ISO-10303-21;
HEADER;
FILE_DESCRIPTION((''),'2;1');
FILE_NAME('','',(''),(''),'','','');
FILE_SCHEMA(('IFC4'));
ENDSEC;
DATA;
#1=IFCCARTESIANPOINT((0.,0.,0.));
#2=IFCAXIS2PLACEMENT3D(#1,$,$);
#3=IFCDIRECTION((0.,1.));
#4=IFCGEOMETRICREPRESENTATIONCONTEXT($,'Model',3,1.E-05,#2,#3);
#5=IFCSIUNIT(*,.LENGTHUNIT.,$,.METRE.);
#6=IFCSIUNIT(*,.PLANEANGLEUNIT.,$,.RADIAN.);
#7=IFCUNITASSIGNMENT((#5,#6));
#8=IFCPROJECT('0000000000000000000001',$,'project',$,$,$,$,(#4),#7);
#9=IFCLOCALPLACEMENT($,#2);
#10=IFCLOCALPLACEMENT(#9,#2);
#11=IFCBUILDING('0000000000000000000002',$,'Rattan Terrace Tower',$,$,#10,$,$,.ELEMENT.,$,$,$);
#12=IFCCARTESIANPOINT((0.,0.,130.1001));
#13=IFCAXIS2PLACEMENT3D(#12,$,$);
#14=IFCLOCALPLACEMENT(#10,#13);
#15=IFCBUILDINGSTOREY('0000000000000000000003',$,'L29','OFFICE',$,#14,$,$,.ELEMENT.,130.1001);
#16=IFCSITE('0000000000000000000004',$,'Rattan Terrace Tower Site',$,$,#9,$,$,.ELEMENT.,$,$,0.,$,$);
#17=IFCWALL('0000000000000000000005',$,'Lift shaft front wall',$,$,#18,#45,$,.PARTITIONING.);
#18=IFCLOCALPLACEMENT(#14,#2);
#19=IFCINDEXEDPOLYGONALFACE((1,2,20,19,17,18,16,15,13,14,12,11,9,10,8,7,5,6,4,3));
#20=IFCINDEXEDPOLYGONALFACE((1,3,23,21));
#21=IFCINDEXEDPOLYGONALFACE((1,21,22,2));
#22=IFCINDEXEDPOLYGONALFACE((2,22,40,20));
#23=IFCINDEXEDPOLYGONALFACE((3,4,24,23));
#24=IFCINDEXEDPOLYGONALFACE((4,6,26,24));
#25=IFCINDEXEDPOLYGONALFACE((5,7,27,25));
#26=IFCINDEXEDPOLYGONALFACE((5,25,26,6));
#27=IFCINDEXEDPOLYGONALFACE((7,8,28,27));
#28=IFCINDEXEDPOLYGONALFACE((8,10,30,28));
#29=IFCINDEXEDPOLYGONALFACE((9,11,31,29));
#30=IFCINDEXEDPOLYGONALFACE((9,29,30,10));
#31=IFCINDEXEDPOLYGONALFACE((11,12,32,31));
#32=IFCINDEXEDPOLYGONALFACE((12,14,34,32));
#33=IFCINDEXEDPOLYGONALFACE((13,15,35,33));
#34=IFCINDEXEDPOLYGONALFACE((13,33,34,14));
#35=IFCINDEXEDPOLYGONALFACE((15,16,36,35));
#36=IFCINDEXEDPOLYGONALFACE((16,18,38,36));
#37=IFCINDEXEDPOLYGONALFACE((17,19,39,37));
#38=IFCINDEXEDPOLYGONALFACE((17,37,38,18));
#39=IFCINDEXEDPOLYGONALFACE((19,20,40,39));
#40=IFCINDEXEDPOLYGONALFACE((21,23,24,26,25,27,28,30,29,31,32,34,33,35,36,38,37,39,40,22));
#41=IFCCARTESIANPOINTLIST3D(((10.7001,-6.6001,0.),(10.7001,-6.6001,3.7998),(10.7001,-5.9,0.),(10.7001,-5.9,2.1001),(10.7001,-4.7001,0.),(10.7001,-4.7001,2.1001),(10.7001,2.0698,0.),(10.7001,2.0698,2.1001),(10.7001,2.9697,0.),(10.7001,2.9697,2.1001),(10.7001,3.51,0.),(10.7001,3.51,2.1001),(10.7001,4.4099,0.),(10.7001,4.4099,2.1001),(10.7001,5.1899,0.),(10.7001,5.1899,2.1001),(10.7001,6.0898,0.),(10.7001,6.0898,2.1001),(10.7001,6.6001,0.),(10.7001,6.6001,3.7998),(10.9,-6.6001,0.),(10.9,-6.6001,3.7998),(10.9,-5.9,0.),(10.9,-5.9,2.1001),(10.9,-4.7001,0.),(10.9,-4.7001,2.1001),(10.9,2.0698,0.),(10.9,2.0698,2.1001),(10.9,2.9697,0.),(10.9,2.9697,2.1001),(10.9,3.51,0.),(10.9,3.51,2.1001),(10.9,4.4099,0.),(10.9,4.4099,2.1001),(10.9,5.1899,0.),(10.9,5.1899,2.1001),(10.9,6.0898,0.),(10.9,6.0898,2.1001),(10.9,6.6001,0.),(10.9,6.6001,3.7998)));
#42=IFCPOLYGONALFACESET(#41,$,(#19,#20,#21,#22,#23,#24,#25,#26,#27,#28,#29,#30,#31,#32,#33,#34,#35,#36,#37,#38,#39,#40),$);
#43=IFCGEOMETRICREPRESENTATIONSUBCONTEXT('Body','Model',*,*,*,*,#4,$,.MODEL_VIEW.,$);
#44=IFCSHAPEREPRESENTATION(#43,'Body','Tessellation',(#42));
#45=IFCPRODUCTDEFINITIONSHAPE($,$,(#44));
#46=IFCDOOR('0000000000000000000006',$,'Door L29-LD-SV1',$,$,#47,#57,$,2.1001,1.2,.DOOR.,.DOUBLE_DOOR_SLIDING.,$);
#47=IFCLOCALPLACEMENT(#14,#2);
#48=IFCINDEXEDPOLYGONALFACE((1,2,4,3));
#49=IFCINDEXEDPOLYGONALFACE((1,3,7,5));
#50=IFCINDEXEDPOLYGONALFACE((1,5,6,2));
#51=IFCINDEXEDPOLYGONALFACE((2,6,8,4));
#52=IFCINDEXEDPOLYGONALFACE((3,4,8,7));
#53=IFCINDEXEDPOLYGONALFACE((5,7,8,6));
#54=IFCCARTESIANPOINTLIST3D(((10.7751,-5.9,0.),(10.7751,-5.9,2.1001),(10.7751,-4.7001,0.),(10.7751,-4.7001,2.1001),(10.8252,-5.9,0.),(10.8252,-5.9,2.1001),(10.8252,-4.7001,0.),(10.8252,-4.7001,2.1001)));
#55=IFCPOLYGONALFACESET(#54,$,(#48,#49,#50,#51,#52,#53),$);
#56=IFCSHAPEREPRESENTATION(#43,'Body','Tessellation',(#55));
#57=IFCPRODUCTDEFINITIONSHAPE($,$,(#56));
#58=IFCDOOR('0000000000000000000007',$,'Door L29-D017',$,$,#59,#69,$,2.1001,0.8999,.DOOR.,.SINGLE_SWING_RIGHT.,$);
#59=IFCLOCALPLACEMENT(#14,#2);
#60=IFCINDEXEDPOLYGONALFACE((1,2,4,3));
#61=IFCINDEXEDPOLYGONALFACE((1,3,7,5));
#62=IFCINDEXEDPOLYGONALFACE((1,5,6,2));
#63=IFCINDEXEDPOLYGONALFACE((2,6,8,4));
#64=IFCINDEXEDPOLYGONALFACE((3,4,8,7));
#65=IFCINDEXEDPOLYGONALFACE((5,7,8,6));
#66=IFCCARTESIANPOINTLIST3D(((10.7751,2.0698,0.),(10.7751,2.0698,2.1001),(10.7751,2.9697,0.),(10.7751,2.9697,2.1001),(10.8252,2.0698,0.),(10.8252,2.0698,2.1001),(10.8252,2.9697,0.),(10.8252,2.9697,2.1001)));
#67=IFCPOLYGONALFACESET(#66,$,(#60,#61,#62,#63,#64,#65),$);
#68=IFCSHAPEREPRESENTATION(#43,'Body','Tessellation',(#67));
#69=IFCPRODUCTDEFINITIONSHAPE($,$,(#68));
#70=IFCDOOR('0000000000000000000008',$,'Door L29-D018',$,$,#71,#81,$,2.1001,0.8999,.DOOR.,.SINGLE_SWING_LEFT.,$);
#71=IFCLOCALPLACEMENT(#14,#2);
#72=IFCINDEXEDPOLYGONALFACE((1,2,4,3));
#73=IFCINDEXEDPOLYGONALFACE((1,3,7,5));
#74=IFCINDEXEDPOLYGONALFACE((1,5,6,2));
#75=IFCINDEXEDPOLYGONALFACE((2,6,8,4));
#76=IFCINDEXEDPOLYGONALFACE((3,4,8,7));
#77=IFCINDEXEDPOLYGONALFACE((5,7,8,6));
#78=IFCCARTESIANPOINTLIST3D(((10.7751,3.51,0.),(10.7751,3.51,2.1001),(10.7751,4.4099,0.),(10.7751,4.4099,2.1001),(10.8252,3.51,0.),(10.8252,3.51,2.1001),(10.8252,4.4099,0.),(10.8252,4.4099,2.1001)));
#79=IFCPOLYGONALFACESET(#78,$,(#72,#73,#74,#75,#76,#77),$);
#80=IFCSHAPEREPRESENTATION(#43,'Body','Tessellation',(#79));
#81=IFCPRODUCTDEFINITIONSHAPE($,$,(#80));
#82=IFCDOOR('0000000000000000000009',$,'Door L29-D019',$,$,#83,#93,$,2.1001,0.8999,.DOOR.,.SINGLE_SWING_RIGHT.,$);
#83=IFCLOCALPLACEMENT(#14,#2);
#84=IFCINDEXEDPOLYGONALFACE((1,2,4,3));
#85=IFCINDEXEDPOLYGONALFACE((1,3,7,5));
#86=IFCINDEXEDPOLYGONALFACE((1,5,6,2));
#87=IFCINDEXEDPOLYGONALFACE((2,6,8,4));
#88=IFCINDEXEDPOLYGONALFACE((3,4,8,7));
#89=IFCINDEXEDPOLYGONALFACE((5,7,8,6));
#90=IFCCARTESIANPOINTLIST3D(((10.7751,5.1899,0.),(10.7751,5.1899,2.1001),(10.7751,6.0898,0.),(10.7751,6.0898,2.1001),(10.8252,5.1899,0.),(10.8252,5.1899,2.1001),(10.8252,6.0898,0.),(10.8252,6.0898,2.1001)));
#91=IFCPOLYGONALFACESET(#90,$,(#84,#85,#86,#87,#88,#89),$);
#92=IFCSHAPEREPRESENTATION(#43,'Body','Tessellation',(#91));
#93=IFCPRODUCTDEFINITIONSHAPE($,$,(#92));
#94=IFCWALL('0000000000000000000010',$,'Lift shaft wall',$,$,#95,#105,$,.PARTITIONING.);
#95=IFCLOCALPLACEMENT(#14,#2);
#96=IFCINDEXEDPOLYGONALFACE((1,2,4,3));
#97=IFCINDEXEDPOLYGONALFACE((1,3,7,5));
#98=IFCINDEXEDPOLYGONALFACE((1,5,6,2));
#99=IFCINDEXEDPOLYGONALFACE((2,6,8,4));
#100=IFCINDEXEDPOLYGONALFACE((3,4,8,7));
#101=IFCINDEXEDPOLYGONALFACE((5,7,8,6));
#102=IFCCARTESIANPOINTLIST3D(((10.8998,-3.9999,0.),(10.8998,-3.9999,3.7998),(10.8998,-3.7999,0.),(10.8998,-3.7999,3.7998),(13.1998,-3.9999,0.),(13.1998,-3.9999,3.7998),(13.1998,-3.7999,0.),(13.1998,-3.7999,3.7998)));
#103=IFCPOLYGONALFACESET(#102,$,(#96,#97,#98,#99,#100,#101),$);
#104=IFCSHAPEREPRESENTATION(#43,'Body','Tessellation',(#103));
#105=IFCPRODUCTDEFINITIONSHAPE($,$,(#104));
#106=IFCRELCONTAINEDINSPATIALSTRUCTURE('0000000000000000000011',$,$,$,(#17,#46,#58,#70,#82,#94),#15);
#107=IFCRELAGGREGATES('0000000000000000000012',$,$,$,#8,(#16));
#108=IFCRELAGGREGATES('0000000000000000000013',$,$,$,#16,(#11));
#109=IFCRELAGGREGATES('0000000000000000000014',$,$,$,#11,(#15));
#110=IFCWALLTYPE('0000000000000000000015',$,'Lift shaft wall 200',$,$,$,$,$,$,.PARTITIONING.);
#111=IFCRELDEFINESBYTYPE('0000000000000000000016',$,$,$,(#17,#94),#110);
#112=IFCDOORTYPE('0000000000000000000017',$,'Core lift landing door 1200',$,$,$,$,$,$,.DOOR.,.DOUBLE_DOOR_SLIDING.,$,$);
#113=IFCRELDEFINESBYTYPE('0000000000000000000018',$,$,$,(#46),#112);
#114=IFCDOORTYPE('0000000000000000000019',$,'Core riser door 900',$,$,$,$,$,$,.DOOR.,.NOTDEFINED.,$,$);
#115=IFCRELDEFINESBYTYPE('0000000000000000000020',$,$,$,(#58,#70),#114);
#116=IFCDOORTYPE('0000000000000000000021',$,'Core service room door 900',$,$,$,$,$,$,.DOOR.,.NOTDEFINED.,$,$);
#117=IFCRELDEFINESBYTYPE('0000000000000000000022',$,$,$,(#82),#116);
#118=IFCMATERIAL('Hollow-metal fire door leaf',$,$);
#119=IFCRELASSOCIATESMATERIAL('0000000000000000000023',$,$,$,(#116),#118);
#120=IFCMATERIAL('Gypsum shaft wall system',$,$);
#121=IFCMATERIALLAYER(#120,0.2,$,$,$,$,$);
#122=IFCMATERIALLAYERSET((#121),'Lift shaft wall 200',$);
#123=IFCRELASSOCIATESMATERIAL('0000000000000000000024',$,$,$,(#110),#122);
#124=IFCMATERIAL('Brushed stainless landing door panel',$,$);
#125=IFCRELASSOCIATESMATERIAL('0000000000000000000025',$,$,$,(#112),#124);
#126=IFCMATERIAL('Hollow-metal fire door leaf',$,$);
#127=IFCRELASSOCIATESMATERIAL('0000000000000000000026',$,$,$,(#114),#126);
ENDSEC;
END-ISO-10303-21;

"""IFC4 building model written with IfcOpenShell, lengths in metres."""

from ifc_helpers import new_model, si_unit, direction, frame, frame_2d, origin, place, context, subcontext, project, spatial, rectangle, extrude, material, layer, layer_set, type_object, element, fill, save


model = new_model("IFC4")

# Units and contexts
model_context = context("Model", 3, precision=1e-05, world=origin(), true_north=direction((0.0, 1.0)))
body_context = subcontext(model_context, "Body", "Model", "MODEL_VIEW")
ifc_project = project(units=[si_unit("LENGTHUNIT", "METRE"), si_unit("PLANEANGLEUNIT", "RADIAN")], contexts=[model_context])

# Site, building, storey
site_placement = place(None, origin())
site = spatial("IfcSite", under=ifc_project, at=site_placement, Name="Rattan Terrace Tower Site", CompositionType="ELEMENT", RefElevation=0.0)
building_placement = place(site_placement, origin())
building = spatial("IfcBuilding", under=site, at=building_placement, Name="Rattan Terrace Tower", CompositionType="ELEMENT")
storey_placement = place(building_placement, frame((0.0, 0.0, 130.1001)))
storey = spatial("IfcBuildingStorey", under=building, at=storey_placement, Name="L29", Description="OFFICE", CompositionType="ELEMENT", Elevation=130.1001)

# Shared definitions
ifc_material_1 = material(Name="Hollow-metal fire door leaf")
door_type_1 = type_object("IfcDoorType", Name="Core service room door 900", OperationType="NOTDEFINED", PredefinedType="DOOR", material=ifc_material_1)

# Wall, openings, doors
ifc_material_2 = material(Name="Gypsum shaft wall system")
ifc_layer_1 = layer(ifc_material_2, 0.2)
ifc_layer_set_1 = layer_set([ifc_layer_1], Name="Lift shaft wall 200")
wall_type_1 = type_object("IfcWallType", Name="Lift shaft wall 200", PredefinedType="PARTITIONING", material=ifc_layer_set_1)
wall_1_placement = place(storey_placement, frame((10.8, -6.6001, 0.0), z_axis=(0.0, 0.0, 1.0), x_axis=(0.0, 1.0, 0.0)))
wall_1 = element("IfcWall", 1, at=wall_1_placement, inside=storey, type_object=wall_type_1, Name="Lift shaft front wall", PredefinedType="PARTITIONING", context=body_context, shape_type="SweptSolid", body=[
    extrude(rectangle(XDim=13.2002, YDim=0.2, at=frame_2d((6.6001, 0.0))), origin(), (0.0, 0.0, 1.0), 3.7998),
])
opening_1_placement = place(wall_1_placement, frame((0.7, 0.0, 0.0)))
opening_1 = element("IfcOpeningElement", 2, at=opening_1_placement, cuts=wall_1, PredefinedType="OPENING", context=body_context, shape_type="SweptSolid", body=[
    extrude(rectangle(XDim=1.2, YDim=2.1001, at=frame_2d((0.6001, 1.05))), frame((0.0, 0.1106, 0.0), z_axis=(0.0, -1.0, 0.0), x_axis=(1.0, 0.0, 0.0)), (0.0, 0.0, 1.0), 0.2209),
])
opening_2_placement = place(wall_1_placement, frame((8.6699, 0.0, 0.0)))
opening_2 = element("IfcOpeningElement", 3, at=opening_2_placement, cuts=wall_1, PredefinedType="OPENING", context=body_context, shape_type="SweptSolid", body=[
    extrude(rectangle(XDim=0.8999, YDim=2.1001, at=frame_2d((0.45, 1.05))), frame((0.0, 0.1106, 0.0), z_axis=(0.0, -1.0, 0.0), x_axis=(1.0, 0.0, 0.0)), (0.0, 0.0, 1.0), 0.2209),
])
opening_3_placement = place(wall_1_placement, frame((10.1101, 0.0, 0.0)))
opening_3 = element("IfcOpeningElement", 4, at=opening_3_placement, cuts=wall_1, PredefinedType="OPENING", context=body_context, shape_type="SweptSolid", body=[
    extrude(rectangle(XDim=0.8999, YDim=2.1001, at=frame_2d((0.45, 1.05))), frame((0.0, 0.1106, 0.0), z_axis=(0.0, -1.0, 0.0), x_axis=(1.0, 0.0, 0.0)), (0.0, 0.0, 1.0), 0.2209),
])
opening_4_placement = place(wall_1_placement, frame((11.79, 0.0, 0.0)))
opening_4 = element("IfcOpeningElement", 5, at=opening_4_placement, cuts=wall_1, PredefinedType="OPENING", context=body_context, shape_type="SweptSolid", body=[
    extrude(rectangle(XDim=0.8999, YDim=2.1001, at=frame_2d((0.45, 1.05))), frame((0.0, 0.1106, 0.0), z_axis=(0.0, -1.0, 0.0), x_axis=(1.0, 0.0, 0.0)), (0.0, 0.0, 1.0), 0.2209),
])
ifc_material_3 = material(Name="Brushed stainless landing door panel")
door_type_2 = type_object("IfcDoorType", Name="Core lift landing door 1200", OperationType="DOUBLE_DOOR_SLIDING", PredefinedType="DOOR", material=ifc_material_3)
door_1_placement = place(opening_1_placement, origin())
door_1 = element("IfcDoor", 6, at=door_1_placement, inside=storey, type_object=door_type_2, Name="Door L29-LD-SV1", OperationType="DOUBLE_DOOR_SLIDING", OverallHeight=2.1001, OverallWidth=1.2, PredefinedType="DOOR", context=body_context, shape_type="SweptSolid", body=[
    extrude(rectangle(XDim=1.2, YDim=2.1001, at=frame_2d((0.6001, 1.05))), frame((0.0, 0.0249, 0.0), z_axis=(0.0, -1.0, 0.0), x_axis=(1.0, 0.0, 0.0)), (0.0, 0.0, 1.0), 0.05),
])
fill(opening_1, door_1)
ifc_material_4 = material(Name="Hollow-metal fire door leaf")
door_type_3 = type_object("IfcDoorType", Name="Core riser door 900", OperationType="NOTDEFINED", PredefinedType="DOOR", material=ifc_material_4)
door_2_placement = place(opening_2_placement, origin())
door_2 = element("IfcDoor", 7, at=door_2_placement, inside=storey, type_object=door_type_3, Name="Door L29-D017", OperationType="SINGLE_SWING_RIGHT", OverallHeight=2.1001, OverallWidth=0.8999, PredefinedType="DOOR", context=body_context, shape_type="SweptSolid", body=[
    extrude(rectangle(XDim=0.8999, YDim=2.1001, at=frame_2d((0.45, 1.05))), frame((0.0, 0.0249, 0.0), z_axis=(0.0, -1.0, 0.0), x_axis=(1.0, 0.0, 0.0)), (0.0, 0.0, 1.0), 0.05),
])
fill(opening_2, door_2)
door_3_placement = place(opening_3_placement, origin())
door_3 = element("IfcDoor", 8, at=door_3_placement, inside=storey, type_object=door_type_3, Name="Door L29-D018", OperationType="SINGLE_SWING_LEFT", OverallHeight=2.1001, OverallWidth=0.8999, PredefinedType="DOOR", context=body_context, shape_type="SweptSolid", body=[
    extrude(rectangle(XDim=0.8999, YDim=2.1001, at=frame_2d((0.45, 1.05))), frame((0.0, 0.0249, 0.0), z_axis=(0.0, -1.0, 0.0), x_axis=(1.0, 0.0, 0.0)), (0.0, 0.0, 1.0), 0.05),
])
fill(opening_3, door_3)
door_4_placement = place(opening_4_placement, origin())
door_4 = element("IfcDoor", 9, at=door_4_placement, inside=storey, type_object=door_type_1, Name="Door L29-D019", OperationType="SINGLE_SWING_RIGHT", OverallHeight=2.1001, OverallWidth=0.8999, PredefinedType="DOOR", context=body_context, shape_type="SweptSolid", body=[
    extrude(rectangle(XDim=0.8999, YDim=2.1001, at=frame_2d((0.45, 1.05))), frame((0.0, 0.0249, 0.0), z_axis=(0.0, -1.0, 0.0), x_axis=(1.0, 0.0, 0.0)), (0.0, 0.0, 1.0), 0.05),
])
fill(opening_4, door_4)

# Wall
wall_2_placement = place(storey_placement, frame((10.8999, -3.8999, 0.0), z_axis=(0.0, 0.0, 1.0), x_axis=(1.0, 0.0, 0.0)))
element("IfcWall", 10, at=wall_2_placement, inside=storey, type_object=wall_type_1, Name="Lift shaft wall", PredefinedType="PARTITIONING", context=body_context, shape_type="SweptSolid", body=[
    extrude(rectangle(XDim=2.3, YDim=0.2, at=frame_2d((1.1499, 0.0))), origin(), (0.0, 0.0, 1.0), 3.7998),
])

save(model, "model.ifc")
